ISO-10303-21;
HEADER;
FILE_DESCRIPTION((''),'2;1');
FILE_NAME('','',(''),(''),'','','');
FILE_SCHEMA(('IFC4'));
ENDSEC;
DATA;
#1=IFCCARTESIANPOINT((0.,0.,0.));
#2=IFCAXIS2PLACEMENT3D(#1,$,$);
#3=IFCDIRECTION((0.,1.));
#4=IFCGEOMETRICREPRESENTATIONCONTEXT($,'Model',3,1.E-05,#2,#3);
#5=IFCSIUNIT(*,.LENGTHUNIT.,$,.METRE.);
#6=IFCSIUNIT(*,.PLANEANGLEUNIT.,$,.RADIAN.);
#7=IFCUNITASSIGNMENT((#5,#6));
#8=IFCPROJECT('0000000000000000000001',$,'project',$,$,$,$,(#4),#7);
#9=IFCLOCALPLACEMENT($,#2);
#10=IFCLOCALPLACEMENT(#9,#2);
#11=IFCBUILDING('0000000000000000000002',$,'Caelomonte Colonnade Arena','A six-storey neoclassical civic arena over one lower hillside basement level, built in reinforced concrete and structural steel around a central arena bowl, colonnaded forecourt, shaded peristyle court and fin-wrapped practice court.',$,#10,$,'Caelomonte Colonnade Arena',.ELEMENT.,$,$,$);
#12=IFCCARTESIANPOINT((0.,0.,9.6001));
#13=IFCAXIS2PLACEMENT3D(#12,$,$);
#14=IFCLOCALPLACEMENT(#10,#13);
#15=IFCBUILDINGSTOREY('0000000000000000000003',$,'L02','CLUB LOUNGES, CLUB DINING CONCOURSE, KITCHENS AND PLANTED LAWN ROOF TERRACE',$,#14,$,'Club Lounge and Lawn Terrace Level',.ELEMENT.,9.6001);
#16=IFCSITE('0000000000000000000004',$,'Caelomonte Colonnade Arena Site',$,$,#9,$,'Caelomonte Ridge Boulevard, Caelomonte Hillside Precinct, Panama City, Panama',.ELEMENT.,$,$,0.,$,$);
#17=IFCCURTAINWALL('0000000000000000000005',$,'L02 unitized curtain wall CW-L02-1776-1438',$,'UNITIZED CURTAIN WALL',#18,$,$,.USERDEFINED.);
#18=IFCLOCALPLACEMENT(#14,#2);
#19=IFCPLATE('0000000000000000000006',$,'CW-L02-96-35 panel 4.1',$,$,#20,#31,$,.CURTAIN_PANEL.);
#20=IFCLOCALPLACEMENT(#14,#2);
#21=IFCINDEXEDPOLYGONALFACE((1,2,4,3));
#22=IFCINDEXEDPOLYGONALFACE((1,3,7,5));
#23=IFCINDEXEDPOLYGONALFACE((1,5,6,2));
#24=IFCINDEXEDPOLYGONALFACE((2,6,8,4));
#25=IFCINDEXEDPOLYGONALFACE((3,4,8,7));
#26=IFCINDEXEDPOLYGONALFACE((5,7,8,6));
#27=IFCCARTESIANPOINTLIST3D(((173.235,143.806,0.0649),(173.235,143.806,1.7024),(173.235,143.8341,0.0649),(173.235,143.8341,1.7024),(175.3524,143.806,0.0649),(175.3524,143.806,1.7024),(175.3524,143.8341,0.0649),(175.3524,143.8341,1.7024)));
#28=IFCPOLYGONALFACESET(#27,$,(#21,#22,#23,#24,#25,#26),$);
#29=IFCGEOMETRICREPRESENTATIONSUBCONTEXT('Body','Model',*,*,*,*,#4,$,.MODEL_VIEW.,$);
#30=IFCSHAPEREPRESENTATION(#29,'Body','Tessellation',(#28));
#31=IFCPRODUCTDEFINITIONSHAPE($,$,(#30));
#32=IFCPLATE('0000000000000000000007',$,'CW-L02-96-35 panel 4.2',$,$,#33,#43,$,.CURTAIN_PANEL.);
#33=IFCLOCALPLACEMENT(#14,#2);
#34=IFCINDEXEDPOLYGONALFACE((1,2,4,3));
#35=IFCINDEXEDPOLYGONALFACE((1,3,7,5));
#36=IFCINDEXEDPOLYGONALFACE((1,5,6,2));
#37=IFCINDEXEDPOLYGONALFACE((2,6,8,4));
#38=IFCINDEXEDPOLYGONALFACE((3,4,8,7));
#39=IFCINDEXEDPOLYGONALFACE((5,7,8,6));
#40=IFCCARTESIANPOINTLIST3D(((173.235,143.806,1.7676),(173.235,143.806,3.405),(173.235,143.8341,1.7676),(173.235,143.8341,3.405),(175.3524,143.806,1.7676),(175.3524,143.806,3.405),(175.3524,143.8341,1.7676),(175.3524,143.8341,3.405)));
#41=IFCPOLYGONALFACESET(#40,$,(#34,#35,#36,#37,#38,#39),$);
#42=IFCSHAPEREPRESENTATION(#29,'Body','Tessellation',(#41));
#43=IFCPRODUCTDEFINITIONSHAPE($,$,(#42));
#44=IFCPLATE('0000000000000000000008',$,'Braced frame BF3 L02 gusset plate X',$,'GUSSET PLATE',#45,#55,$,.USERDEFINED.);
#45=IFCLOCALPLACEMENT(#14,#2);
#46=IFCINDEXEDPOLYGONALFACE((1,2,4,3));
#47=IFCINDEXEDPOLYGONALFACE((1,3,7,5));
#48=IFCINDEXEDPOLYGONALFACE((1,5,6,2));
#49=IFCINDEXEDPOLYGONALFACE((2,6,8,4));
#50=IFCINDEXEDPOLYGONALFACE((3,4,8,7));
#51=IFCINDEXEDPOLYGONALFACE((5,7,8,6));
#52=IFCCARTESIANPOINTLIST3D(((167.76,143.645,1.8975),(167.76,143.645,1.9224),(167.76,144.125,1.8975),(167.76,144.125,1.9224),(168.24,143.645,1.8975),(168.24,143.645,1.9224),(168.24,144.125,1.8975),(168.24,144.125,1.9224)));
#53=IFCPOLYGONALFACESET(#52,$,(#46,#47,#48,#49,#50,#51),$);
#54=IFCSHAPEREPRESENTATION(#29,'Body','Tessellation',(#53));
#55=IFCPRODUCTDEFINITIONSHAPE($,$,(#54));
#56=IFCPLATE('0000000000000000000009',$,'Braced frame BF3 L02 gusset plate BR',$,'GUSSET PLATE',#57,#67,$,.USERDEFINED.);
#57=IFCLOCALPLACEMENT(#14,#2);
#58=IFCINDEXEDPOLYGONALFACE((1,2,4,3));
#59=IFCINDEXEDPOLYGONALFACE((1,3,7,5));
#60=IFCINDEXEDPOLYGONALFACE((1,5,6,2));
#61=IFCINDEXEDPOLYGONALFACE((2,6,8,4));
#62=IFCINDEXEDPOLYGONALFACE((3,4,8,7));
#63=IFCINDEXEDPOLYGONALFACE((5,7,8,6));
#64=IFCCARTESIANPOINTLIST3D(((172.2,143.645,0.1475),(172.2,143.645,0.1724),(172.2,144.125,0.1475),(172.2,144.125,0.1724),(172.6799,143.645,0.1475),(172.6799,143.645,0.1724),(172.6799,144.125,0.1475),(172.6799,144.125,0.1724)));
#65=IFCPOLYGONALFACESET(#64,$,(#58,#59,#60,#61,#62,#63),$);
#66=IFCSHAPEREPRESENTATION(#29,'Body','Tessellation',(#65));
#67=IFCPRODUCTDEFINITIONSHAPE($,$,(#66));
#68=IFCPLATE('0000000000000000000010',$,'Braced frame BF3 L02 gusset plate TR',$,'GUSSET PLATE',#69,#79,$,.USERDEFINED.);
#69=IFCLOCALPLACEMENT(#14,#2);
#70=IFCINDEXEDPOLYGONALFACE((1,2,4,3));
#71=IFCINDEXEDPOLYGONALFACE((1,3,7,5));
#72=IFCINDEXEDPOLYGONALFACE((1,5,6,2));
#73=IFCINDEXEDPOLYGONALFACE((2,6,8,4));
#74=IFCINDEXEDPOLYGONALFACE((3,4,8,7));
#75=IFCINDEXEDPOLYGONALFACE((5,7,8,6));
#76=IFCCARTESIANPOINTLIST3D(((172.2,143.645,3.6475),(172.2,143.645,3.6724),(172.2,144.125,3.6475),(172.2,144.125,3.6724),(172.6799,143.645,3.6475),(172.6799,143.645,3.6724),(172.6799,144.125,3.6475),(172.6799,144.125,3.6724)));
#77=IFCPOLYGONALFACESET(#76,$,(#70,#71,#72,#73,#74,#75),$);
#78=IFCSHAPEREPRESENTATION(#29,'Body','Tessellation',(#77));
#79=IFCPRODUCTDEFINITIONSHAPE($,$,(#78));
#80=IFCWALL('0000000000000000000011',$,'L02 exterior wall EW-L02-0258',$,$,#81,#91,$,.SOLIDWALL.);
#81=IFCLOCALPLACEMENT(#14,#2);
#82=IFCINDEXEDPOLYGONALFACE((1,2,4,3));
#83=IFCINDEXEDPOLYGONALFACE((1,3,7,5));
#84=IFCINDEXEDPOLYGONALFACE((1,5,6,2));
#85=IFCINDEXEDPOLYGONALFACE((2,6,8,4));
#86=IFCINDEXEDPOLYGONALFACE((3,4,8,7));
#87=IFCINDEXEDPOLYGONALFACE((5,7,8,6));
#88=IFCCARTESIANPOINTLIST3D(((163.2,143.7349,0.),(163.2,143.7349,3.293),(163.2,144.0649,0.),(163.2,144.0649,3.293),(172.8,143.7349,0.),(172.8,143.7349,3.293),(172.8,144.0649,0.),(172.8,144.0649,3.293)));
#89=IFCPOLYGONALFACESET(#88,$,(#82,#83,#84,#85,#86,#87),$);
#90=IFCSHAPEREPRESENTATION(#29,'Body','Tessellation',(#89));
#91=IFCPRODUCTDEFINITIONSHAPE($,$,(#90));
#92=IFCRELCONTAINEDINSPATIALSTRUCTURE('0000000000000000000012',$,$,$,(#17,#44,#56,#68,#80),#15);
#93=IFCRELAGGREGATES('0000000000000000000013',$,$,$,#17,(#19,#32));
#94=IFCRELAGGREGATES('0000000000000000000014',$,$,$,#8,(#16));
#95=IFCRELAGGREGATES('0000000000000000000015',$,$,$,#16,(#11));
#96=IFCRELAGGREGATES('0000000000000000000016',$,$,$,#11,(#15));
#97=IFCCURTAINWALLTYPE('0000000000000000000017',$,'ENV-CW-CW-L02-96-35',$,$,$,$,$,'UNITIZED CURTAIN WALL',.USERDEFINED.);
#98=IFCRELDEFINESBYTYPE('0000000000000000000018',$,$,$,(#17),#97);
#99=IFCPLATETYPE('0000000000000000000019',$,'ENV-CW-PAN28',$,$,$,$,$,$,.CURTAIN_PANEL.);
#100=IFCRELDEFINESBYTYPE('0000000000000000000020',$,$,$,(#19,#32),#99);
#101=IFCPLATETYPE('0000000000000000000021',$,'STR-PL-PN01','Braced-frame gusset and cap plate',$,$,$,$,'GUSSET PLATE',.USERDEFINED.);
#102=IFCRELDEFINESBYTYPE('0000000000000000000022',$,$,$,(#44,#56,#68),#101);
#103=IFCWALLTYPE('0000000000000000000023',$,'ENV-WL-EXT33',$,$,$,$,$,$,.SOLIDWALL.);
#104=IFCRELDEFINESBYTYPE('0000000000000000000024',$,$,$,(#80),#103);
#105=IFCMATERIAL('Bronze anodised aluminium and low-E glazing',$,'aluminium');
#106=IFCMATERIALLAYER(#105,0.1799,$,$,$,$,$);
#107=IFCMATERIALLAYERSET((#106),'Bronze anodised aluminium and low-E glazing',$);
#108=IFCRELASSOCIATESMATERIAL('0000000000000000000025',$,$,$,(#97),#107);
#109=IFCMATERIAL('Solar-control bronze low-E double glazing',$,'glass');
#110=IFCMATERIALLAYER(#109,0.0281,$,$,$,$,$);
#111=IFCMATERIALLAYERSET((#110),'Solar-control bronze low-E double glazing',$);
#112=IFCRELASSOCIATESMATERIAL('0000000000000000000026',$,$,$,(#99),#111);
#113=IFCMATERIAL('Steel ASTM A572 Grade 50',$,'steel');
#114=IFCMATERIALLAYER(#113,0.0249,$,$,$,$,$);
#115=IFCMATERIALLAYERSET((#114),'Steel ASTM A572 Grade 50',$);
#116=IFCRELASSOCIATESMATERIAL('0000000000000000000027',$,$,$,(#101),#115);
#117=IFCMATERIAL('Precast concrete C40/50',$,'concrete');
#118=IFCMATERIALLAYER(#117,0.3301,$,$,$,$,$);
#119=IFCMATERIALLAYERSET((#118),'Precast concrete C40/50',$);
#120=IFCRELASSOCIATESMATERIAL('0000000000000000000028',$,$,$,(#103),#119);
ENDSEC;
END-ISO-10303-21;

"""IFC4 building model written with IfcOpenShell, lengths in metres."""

from ifc_helpers import new_model, si_unit, direction, frame, frame_2d, origin, origin_2d, place, context, subcontext, project, spatial, rectangle, extrude, material, layer, layer_set, type_object, element, aggregate, save


model = new_model("IFC4")

# Units and contexts
model_context = context("Model", 3, precision=1e-05, world=origin(), true_north=direction((0.0, 1.0)))
body_context = subcontext(model_context, "Body", "Model", "MODEL_VIEW")
ifc_project = project(units=[si_unit("LENGTHUNIT", "METRE"), si_unit("PLANEANGLEUNIT", "RADIAN")], contexts=[model_context])

# Site, building, storey
site_placement = place(None, origin())
site = spatial("IfcSite", under=ifc_project, at=site_placement, Name="Caelomonte Colonnade Arena Site", LongName="Caelomonte Ridge Boulevard, Caelomonte Hillside Precinct, Panama City, Panama", CompositionType="ELEMENT", RefElevation=0.0)
building_placement = place(site_placement, origin())
building = spatial("IfcBuilding", under=site, at=building_placement, Name="Caelomonte Colonnade Arena", Description="A six-storey neoclassical civic arena over one lower hillside basement level, built in reinforced concrete and structural steel around a central arena bowl, colonnaded forecourt, shaded peristyle court and fin-wrapped practice court.", LongName="Caelomonte Colonnade Arena", CompositionType="ELEMENT")
storey_placement = place(building_placement, frame((0.0, 0.0, 9.6001)))
storey = spatial("IfcBuildingStorey", under=building, at=storey_placement, Name="L02", Description="CLUB LOUNGES, CLUB DINING CONCOURSE, KITCHENS AND PLANTED LAWN ROOF TERRACE", LongName="Club Lounge and Lawn Terrace Level", CompositionType="ELEMENT", Elevation=9.6001)

# Curtain wall
ifc_material_1 = material(Name="Bronze anodised aluminium and low-E glazing", Category="aluminium")
ifc_layer_1 = layer(ifc_material_1, 0.1799)
ifc_layer_set_1 = layer_set([ifc_layer_1], Name="Bronze anodised aluminium and low-E glazing")
curtain_wall_type = type_object("IfcCurtainWallType", Name="ENV-CW-CW-L02-96-35", ElementType="UNITIZED CURTAIN WALL", PredefinedType="USERDEFINED", material=ifc_layer_set_1)
curtain_wall_placement = place(storey_placement, origin())
curtain_wall = element("IfcCurtainWall", 1, at=curtain_wall_placement, inside=storey, type_object=curtain_wall_type, Name="L02 unitized curtain wall CW-L02-1776-1438", ObjectType="UNITIZED CURTAIN WALL", PredefinedType="USERDEFINED")

# Plates
ifc_material_2 = material(Name="Solar-control bronze low-E double glazing", Category="glass")
ifc_layer_2 = layer(ifc_material_2, 0.0281)
ifc_layer_set_2 = layer_set([ifc_layer_2], Name="Solar-control bronze low-E double glazing")
plate_type_1 = type_object("IfcPlateType", Name="ENV-CW-PAN28", PredefinedType="CURTAIN_PANEL", material=ifc_layer_set_2)
plate_1_placement = place(storey_placement, frame((174.2937, 143.8201, 0.0649), z_axis=(0.0, 0.0, 1.0), x_axis=(-1.0, 0.0, 0.0)))
plate_1 = element("IfcPlate", 2, at=plate_1_placement, type_object=plate_type_1, Name="CW-L02-96-35 panel 4.1", PredefinedType="CURTAIN_PANEL", context=body_context, shape_type="SweptSolid", body=[
    extrude(rectangle(XDim=2.1174, YDim=0.0281, at=origin_2d()), origin(), (0.0, 0.0, 1.0), 1.6375),
])
plate_2_placement = place(storey_placement, frame((174.2937, 143.8201, 1.7676), z_axis=(0.0, 0.0, 1.0), x_axis=(-1.0, 0.0, 0.0)))
plate_2 = element("IfcPlate", 3, at=plate_2_placement, type_object=plate_type_1, Name="CW-L02-96-35 panel 4.2", PredefinedType="CURTAIN_PANEL", context=body_context, shape_type="SweptSolid", body=[
    extrude(rectangle(XDim=2.1174, YDim=0.0281, at=origin_2d()), origin(), (0.0, 0.0, 1.0), 1.6375),
])
aggregate(curtain_wall, [plate_1, plate_2])

# Plates
ifc_material_3 = material(Name="Steel ASTM A572 Grade 50", Category="steel")
ifc_layer_3 = layer(ifc_material_3, 0.0249)
ifc_layer_set_3 = layer_set([ifc_layer_3], Name="Steel ASTM A572 Grade 50")
plate_type_2 = type_object("IfcPlateType", Name="STR-PL-PN01", Description="Braced-frame gusset and cap plate", ElementType="GUSSET PLATE", PredefinedType="USERDEFINED", material=ifc_layer_set_3)
for number, where, z_axis, x_axis, name in (
    (4, (168.0, 143.885, 1.8975), (0.0, 0.0, 1.0), (1.0, 0.0, 0.0), "Braced frame BF3 L02 gusset plate X"),
    (5, (172.4399, 143.885, 0.1475), (0.0, 0.0, 1.0), (1.0, 0.0, 0.0), "Braced frame BF3 L02 gusset plate BR"),
    (6, (172.4399, 143.885, 3.6475), (0.0, 0.0, 1.0), (1.0, 0.0, 0.0), "Braced frame BF3 L02 gusset plate TR"),
):
    element("IfcPlate", number, at=place(storey_placement, frame(where, z_axis=z_axis, x_axis=x_axis)), inside=storey, type_object=plate_type_2, Name=name, ObjectType="GUSSET PLATE", PredefinedType="USERDEFINED", context=body_context, shape_type="SweptSolid", body=[
        extrude(rectangle(XDim=0.48, YDim=0.48, at=origin_2d()), origin(), (0.0, 0.0, 1.0), 0.0249),
    ])

# Wall
ifc_material_4 = material(Name="Precast concrete C40/50", Category="concrete")
ifc_layer_4 = layer(ifc_material_4, 0.3301)
ifc_layer_set_4 = layer_set([ifc_layer_4], Name="Precast concrete C40/50")
wall_type = type_object("IfcWallType", Name="ENV-WL-EXT33", PredefinedType="SOLIDWALL", material=ifc_layer_set_4)
wall_placement = place(storey_placement, frame((172.8, 143.8999, 0.0), z_axis=(0.0, 0.0, 1.0), x_axis=(-1.0, 0.0, 0.0)))
element("IfcWall", 7, at=wall_placement, inside=storey, type_object=wall_type, Name="L02 exterior wall EW-L02-0258", PredefinedType="SOLIDWALL", context=body_context, shape_type="SweptSolid", body=[
    extrude(rectangle(XDim=9.6001, YDim=0.3301, at=frame_2d((4.8, 0.0))), origin(), (0.0, 0.0, 1.0), 3.293),
])

save(model, "model.ifc")
